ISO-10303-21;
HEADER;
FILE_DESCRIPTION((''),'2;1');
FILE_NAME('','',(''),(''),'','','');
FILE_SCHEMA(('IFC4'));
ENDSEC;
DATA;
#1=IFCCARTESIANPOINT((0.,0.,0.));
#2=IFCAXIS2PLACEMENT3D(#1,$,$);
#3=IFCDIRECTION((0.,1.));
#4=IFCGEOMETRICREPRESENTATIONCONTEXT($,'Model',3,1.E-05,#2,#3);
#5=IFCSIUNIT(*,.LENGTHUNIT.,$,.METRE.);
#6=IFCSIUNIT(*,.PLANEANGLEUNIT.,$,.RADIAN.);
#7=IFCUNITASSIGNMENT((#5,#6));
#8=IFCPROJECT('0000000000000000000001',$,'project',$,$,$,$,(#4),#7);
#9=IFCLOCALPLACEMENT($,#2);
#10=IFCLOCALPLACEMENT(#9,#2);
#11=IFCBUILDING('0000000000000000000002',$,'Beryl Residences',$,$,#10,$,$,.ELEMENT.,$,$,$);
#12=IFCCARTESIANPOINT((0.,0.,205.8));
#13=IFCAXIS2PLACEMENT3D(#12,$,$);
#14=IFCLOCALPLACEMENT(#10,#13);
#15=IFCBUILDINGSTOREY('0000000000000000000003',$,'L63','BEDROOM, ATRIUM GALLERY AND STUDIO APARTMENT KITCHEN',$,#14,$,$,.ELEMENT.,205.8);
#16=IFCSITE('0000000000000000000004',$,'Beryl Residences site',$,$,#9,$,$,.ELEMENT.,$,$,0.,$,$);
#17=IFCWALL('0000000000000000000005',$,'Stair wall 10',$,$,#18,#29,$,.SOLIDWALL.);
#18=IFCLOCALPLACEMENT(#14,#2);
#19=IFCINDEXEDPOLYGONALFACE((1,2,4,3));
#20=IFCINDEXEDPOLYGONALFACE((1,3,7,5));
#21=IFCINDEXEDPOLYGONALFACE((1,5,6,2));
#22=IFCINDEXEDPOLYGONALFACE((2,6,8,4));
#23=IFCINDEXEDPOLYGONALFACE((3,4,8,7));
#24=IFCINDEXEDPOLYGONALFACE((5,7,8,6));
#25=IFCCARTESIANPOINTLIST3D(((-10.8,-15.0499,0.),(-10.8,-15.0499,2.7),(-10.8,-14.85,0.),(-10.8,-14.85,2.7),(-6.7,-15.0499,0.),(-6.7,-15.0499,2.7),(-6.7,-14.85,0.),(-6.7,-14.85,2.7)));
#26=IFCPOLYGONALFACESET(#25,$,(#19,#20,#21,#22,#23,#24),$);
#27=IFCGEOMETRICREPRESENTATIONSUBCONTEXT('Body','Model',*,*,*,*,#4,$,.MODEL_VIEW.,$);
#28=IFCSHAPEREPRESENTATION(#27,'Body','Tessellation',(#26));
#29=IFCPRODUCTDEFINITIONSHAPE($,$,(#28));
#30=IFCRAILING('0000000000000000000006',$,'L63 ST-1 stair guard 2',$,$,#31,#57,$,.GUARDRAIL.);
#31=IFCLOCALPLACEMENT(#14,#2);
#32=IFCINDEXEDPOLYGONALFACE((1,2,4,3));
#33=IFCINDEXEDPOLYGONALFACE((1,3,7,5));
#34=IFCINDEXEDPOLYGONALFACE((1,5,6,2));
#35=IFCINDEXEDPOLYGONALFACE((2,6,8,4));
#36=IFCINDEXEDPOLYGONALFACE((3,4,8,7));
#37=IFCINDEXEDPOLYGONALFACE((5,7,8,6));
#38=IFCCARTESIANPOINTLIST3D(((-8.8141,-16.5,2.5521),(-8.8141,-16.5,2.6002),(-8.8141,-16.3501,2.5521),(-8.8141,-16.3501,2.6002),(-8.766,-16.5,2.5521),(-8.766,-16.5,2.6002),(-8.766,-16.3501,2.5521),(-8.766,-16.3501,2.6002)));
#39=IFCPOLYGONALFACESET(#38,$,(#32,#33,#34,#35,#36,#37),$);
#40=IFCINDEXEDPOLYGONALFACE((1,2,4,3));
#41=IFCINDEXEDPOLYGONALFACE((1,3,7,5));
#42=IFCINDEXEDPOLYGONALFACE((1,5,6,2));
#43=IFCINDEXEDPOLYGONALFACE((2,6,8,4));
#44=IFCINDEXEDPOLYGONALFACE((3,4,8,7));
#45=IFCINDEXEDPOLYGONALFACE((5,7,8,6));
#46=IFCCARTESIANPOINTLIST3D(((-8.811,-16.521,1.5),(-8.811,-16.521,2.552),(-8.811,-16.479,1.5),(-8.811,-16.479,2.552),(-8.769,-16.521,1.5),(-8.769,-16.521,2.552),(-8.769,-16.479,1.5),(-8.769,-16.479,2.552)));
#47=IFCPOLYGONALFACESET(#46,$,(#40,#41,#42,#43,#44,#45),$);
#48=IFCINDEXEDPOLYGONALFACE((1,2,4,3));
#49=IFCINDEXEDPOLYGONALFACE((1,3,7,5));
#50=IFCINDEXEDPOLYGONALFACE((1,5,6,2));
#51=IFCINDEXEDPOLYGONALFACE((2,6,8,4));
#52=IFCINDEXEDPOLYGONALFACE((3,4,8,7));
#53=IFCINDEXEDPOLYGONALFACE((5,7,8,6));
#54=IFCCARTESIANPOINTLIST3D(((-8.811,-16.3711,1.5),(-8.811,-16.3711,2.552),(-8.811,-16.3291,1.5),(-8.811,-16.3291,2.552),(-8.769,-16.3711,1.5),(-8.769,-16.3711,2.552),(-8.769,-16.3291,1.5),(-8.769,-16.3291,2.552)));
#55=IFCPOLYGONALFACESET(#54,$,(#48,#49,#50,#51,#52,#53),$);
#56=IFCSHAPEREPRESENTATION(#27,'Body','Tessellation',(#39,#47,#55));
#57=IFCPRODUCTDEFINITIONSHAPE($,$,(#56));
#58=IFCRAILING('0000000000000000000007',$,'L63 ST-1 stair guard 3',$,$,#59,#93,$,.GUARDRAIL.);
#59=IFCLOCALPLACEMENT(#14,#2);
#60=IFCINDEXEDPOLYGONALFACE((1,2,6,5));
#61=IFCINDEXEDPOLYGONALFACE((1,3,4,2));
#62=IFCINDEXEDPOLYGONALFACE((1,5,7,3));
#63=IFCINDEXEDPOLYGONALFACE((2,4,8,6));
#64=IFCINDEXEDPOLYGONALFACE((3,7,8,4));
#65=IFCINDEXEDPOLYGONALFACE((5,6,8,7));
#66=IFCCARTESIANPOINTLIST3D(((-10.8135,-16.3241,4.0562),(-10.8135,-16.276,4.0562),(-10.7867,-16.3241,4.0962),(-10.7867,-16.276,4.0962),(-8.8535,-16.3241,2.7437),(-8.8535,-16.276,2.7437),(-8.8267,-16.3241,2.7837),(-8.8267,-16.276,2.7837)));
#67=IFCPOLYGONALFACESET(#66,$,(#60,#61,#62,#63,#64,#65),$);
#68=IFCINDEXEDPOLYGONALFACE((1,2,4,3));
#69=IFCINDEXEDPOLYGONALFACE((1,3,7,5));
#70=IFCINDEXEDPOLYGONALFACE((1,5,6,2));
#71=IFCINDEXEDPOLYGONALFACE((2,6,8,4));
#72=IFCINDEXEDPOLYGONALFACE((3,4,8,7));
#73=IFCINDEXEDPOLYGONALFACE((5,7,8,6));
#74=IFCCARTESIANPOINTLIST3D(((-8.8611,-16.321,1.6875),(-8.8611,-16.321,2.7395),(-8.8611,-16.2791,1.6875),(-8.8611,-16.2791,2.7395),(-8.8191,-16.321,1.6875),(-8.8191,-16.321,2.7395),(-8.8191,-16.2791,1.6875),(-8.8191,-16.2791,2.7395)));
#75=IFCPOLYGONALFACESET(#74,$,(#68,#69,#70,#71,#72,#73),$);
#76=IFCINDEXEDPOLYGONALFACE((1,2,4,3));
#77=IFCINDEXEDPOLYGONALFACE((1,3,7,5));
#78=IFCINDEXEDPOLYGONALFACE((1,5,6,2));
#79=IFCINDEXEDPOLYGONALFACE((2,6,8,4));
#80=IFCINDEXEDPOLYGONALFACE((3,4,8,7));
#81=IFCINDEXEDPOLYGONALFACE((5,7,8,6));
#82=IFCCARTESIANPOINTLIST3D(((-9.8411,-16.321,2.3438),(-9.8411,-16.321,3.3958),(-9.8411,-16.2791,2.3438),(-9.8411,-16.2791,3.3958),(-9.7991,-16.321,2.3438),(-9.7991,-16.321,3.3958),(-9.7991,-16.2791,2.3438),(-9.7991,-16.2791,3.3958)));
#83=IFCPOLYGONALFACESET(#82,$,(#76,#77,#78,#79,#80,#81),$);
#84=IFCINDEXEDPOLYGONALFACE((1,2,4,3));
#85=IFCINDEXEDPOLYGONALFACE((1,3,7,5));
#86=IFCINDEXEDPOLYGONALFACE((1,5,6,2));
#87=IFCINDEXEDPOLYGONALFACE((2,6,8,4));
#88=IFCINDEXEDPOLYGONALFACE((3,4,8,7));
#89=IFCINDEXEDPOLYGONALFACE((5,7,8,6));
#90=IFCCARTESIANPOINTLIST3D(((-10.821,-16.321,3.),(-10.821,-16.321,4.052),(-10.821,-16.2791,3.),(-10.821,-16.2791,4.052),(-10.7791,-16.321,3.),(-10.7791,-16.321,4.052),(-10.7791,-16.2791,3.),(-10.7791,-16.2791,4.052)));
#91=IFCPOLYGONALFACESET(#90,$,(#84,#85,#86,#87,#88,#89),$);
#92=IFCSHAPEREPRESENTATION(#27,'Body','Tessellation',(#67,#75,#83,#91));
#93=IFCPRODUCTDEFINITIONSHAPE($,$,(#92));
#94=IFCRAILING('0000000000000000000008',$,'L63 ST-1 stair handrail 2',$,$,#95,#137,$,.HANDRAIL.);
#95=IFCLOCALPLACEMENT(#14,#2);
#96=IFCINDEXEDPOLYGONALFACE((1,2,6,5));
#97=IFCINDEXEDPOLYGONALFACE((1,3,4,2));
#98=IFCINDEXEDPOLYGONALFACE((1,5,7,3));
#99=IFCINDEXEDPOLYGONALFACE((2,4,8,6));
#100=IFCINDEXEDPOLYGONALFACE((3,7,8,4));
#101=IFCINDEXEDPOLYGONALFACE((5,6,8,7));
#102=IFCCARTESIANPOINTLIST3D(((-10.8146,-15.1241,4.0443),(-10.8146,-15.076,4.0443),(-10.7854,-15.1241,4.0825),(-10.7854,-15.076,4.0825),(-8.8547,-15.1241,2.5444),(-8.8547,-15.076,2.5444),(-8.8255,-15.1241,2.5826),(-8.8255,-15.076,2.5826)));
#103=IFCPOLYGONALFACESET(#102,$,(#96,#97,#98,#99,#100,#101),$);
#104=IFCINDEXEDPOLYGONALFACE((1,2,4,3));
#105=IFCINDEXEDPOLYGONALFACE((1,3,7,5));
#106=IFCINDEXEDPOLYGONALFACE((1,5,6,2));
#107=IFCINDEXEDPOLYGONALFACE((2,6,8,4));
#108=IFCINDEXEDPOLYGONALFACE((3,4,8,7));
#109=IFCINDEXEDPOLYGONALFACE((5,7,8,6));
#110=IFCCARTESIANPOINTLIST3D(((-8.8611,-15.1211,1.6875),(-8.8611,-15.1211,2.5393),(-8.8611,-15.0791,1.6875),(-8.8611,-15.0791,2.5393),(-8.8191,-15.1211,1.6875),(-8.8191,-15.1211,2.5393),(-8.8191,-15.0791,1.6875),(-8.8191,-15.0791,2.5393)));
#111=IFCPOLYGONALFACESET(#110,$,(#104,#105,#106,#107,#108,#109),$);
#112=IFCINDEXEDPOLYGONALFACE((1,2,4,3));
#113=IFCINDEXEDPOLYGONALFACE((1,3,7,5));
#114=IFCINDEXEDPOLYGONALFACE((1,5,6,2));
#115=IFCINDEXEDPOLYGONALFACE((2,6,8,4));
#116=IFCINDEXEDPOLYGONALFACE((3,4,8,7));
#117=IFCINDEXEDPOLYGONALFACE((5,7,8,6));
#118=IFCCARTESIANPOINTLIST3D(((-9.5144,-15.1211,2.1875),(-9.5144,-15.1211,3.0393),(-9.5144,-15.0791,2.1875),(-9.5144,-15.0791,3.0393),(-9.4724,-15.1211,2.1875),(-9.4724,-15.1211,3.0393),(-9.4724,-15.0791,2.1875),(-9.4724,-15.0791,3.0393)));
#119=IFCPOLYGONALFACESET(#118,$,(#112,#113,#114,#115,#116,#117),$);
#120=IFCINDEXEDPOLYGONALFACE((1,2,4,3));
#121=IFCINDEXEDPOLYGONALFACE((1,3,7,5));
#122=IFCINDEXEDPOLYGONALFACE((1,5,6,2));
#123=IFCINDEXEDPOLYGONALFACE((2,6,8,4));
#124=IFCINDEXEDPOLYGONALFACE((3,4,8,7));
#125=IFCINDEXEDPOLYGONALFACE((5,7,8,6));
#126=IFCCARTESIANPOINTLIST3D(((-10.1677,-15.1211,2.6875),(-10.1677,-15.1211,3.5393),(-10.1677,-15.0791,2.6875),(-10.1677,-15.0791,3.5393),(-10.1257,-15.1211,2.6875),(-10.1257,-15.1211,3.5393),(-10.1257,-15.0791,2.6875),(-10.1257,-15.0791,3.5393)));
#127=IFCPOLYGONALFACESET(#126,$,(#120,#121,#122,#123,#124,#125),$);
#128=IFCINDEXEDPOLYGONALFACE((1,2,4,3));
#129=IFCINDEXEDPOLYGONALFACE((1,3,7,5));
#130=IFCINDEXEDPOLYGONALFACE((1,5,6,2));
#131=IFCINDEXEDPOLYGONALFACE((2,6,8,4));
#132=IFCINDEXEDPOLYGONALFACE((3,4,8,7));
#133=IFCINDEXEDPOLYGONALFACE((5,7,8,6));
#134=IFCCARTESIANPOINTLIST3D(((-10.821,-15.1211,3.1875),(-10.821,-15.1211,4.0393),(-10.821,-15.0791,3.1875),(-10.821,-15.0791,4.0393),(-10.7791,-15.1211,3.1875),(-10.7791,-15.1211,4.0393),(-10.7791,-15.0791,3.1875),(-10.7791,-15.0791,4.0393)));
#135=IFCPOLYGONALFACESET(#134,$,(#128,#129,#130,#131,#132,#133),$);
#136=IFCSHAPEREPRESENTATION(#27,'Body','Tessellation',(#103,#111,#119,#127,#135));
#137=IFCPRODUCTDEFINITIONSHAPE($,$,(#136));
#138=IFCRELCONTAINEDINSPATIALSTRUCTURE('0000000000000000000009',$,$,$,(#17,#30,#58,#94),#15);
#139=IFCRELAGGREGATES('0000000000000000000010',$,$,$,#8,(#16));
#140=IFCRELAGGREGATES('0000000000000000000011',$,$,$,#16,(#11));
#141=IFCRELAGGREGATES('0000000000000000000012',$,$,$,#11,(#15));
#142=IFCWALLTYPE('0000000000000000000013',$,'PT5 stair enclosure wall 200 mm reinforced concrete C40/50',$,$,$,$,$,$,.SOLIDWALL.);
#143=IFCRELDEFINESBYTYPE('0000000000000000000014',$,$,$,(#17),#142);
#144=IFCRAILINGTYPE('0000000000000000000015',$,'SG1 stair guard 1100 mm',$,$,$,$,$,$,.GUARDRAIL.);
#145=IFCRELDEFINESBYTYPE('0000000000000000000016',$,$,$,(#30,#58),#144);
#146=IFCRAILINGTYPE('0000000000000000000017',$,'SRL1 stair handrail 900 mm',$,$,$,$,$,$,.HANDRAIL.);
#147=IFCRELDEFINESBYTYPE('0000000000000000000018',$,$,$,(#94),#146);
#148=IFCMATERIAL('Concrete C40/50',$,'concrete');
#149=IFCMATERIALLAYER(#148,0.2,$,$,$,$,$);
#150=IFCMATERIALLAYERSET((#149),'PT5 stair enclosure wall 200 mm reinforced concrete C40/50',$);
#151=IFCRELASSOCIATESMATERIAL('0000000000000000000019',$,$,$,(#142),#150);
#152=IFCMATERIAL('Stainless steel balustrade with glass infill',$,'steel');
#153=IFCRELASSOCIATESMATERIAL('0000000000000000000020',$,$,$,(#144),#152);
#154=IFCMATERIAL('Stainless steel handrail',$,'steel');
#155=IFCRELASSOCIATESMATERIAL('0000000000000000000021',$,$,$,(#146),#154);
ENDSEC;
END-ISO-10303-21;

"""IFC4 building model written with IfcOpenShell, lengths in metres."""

from ifc_helpers import new_model, si_unit, direction, frame, frame_2d, origin, origin_2d, place, context, subcontext, project, spatial, rectangle, extrude, material, layer, layer_set, type_object, element, save


model = new_model("IFC4")

# Units and contexts
model_context = context("Model", 3, precision=1e-05, world=origin(), true_north=direction((0.0, 1.0)))
body_context = subcontext(model_context, "Body", "Model", "MODEL_VIEW")
ifc_project = project(units=[si_unit("LENGTHUNIT", "METRE"), si_unit("PLANEANGLEUNIT", "RADIAN")], contexts=[model_context])

# Site, building, storey
site_placement = place(None, origin())
site = spatial("IfcSite", under=ifc_project, at=site_placement, Name="Beryl Residences site", CompositionType="ELEMENT", RefElevation=0.0)
building_placement = place(site_placement, origin())
building = spatial("IfcBuilding", under=site, at=building_placement, Name="Beryl Residences", CompositionType="ELEMENT")
storey_placement = place(building_placement, frame((0.0, 0.0, 205.8)))
storey = spatial("IfcBuildingStorey", under=building, at=storey_placement, Name="L63", Description="BEDROOM, ATRIUM GALLERY AND STUDIO APARTMENT KITCHEN", CompositionType="ELEMENT", Elevation=205.8)

# Wall
ifc_material_1 = material(Name="Concrete C40/50", Category="concrete")
ifc_layer_1 = layer(ifc_material_1, 0.2)
ifc_layer_set_1 = layer_set([ifc_layer_1], Name="PT5 stair enclosure wall 200 mm reinforced concrete C40/50")
wall_type_1 = type_object("IfcWallType", Name="PT5 stair enclosure wall 200 mm reinforced concrete C40/50", PredefinedType="SOLIDWALL", material=ifc_layer_set_1)
wall_1_placement = place(storey_placement, frame((-10.8, -14.95, 0.0), z_axis=(0.0, 0.0, 1.0), x_axis=(1.0, 0.0, 0.0)))
element("IfcWall", 1, at=wall_1_placement, inside=storey, type_object=wall_type_1, Name="Stair wall 10", PredefinedType="SOLIDWALL", context=body_context, shape_type="SweptSolid", body=[
    extrude(rectangle(XDim=4.1001, YDim=0.2, at=frame_2d((2.05, 0.0))), origin(), (0.0, 0.0, 1.0), 2.7),
])

# Railings
ifc_material_2 = material(Name="Stainless steel balustrade with glass infill", Category="steel")
railing_type_1 = type_object("IfcRailingType", Name="SG1 stair guard 1100 mm", PredefinedType="GUARDRAIL", material=ifc_material_2)
railing_1_placement = place(storey_placement, frame((-8.79, -16.5, 1.5)))
element("IfcRailing", 2, at=railing_1_placement, inside=storey, type_object=railing_type_1, Name="L63 ST-1 stair guard 2", PredefinedType="GUARDRAIL", context=body_context, shape_type="SweptSolid", body=[
    extrude(rectangle(XDim=0.0481, YDim=0.0481, at=origin_2d()), frame((0.0, 0.0, 1.0762), z_axis=(0.0, 1.0, 0.0), x_axis=(-1.0, 0.0, 0.0)), (0.0, 0.0, 1.0), 0.1499),
    extrude(rectangle(XDim=0.042, YDim=0.042, at=origin_2d()), origin(), (0.0, 0.0, 1.0), 1.052),
    extrude(rectangle(XDim=0.042, YDim=0.042, at=origin_2d()), frame((0.0, 0.1499, 0.0)), (0.0, 0.0, 1.0), 1.052),
])
railing_2_placement = place(storey_placement, frame((-8.8401, -16.3, 1.6875)))
element("IfcRailing", 3, at=railing_2_placement, inside=storey, type_object=railing_type_1, Name="L63 ST-1 stair guard 3", PredefinedType="GUARDRAIL", context=body_context, shape_type="SweptSolid", body=[
    extrude(rectangle(XDim=0.0481, YDim=0.0481, at=origin_2d()), frame((0.0, 0.0, 1.0762), z_axis=(-0.830902, 0.0, 0.556419), x_axis=(0.0, -1.0, 0.0)), (0.0, 0.0, 1.0), 2.3589),
    extrude(rectangle(XDim=0.042, YDim=0.042, at=origin_2d()), origin(), (0.0, 0.0, 1.0), 1.052),
    extrude(rectangle(XDim=0.042, YDim=0.042, at=origin_2d()), frame((-0.98, 0.0, 0.6562)), (0.0, 0.0, 1.0), 1.052),
    extrude(rectangle(XDim=0.042, YDim=0.042, at=origin_2d()), frame((-1.96, 0.0, 1.3125)), (0.0, 0.0, 1.0), 1.052),
])
ifc_material_3 = material(Name="Stainless steel handrail", Category="steel")
railing_type_2 = type_object("IfcRailingType", Name="SRL1 stair handrail 900 mm", PredefinedType="HANDRAIL", material=ifc_material_3)
railing_3_placement = place(storey_placement, frame((-8.8401, -15.1001, 1.6875)))
element("IfcRailing", 4, at=railing_3_placement, inside=storey, type_object=railing_type_2, Name="L63 ST-1 stair handrail 2", PredefinedType="HANDRAIL", context=body_context, shape_type="SweptSolid", body=[
    extrude(rectangle(XDim=0.0481, YDim=0.0481, at=origin_2d()), frame((0.0, 0.0, 0.876), z_axis=(-0.794122, 0.0, 0.607758), x_axis=(0.0, -1.0, 0.0)), (0.0, 0.0, 1.0), 2.468),
    extrude(rectangle(XDim=0.042, YDim=0.042, at=origin_2d()), origin(), (0.0, 0.0, 1.0), 0.8518),
    extrude(rectangle(XDim=0.042, YDim=0.042, at=origin_2d()), frame((-0.6533, 0.0, 0.5)), (0.0, 0.0, 1.0), 0.8518),
    extrude(rectangle(XDim=0.042, YDim=0.042, at=origin_2d()), frame((-1.3066, 0.0, 1.0)), (0.0, 0.0, 1.0), 0.8518),
    extrude(rectangle(XDim=0.042, YDim=0.042, at=origin_2d()), frame((-1.96, 0.0, 1.5)), (0.0, 0.0, 1.0), 0.8518),
])

save(model, "model.ifc")
